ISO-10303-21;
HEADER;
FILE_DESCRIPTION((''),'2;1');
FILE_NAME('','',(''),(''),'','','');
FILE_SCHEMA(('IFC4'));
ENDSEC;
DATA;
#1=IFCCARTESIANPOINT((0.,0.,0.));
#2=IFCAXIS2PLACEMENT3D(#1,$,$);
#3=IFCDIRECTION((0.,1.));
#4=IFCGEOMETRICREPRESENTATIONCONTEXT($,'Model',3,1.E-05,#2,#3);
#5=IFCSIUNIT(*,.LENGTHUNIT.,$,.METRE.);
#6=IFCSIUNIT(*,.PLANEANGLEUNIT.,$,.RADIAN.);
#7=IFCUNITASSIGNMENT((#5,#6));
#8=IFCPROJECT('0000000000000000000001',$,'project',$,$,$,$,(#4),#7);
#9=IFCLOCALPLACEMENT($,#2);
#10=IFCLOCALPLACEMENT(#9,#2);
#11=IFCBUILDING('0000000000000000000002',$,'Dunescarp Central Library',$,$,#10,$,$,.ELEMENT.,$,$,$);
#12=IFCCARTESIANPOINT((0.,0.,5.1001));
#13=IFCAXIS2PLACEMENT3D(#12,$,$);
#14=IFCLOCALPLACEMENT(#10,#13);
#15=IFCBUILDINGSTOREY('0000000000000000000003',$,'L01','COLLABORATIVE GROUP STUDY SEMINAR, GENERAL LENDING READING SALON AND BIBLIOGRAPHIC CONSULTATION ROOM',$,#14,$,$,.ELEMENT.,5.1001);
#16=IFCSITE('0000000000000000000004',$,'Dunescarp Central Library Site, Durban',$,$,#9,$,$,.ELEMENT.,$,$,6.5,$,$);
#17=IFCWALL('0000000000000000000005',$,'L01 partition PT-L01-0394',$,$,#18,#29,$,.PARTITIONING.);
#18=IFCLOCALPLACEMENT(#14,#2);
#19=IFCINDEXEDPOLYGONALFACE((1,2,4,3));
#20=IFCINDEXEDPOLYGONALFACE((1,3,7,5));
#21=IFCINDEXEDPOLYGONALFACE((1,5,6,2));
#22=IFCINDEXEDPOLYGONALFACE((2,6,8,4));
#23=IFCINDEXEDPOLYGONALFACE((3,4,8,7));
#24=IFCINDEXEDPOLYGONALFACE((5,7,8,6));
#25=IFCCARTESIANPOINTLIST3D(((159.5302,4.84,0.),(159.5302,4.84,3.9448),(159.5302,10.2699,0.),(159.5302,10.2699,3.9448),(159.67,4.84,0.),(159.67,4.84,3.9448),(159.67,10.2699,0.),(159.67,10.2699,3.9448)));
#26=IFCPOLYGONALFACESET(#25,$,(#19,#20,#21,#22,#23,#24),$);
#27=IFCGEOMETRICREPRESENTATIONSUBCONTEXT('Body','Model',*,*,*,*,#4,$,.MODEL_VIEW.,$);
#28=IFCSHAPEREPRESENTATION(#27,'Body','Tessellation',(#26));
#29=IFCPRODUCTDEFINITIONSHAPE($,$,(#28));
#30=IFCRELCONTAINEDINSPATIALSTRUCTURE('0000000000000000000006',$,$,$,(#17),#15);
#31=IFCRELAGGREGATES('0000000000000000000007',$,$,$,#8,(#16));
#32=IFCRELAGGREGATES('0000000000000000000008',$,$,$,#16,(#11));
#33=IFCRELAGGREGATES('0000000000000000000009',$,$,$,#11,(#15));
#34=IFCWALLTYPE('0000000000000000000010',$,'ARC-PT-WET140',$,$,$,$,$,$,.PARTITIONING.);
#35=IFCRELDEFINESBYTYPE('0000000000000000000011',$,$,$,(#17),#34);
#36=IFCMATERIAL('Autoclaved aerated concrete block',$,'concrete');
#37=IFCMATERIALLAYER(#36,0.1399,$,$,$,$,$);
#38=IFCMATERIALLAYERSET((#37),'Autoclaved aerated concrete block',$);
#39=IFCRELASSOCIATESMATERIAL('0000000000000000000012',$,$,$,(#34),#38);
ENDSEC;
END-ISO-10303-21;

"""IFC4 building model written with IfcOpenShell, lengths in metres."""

from ifc_helpers import new_model, si_unit, direction, frame, frame_2d, origin, place, context, subcontext, project, spatial, rectangle, extrude, material, layer, layer_set, type_object, element, save


model = new_model("IFC4")

# Units and contexts
model_context = context("Model", 3, precision=1e-05, world=origin(), true_north=direction((0.0, 1.0)))
body_context = subcontext(model_context, "Body", "Model", "MODEL_VIEW")
ifc_project = project(units=[si_unit("LENGTHUNIT", "METRE"), si_unit("PLANEANGLEUNIT", "RADIAN")], contexts=[model_context])

# Site, building, storey
site_placement = place(None, origin())
site = spatial("IfcSite", under=ifc_project, at=site_placement, Name="Dunescarp Central Library Site, Durban", CompositionType="ELEMENT", RefElevation=6.5)
building_placement = place(site_placement, origin())
building = spatial("IfcBuilding", under=site, at=building_placement, Name="Dunescarp Central Library", CompositionType="ELEMENT")
storey_placement = place(building_placement, frame((0.0, 0.0, 5.1001)))
storey = spatial("IfcBuildingStorey", under=building, at=storey_placement, Name="L01", Description="COLLABORATIVE GROUP STUDY SEMINAR, GENERAL LENDING READING SALON AND BIBLIOGRAPHIC CONSULTATION ROOM", CompositionType="ELEMENT", Elevation=5.1001)

# Wall
ifc_material_1 = material(Name="Autoclaved aerated concrete block", Category="concrete")
ifc_layer_1 = layer(ifc_material_1, 0.1399)
ifc_layer_set_1 = layer_set([ifc_layer_1], Name="Autoclaved aerated concrete block")
wall_type_1 = type_object("IfcWallType", Name="ARC-PT-WET140", PredefinedType="PARTITIONING", material=ifc_layer_set_1)
for number, where, z_axis, x_axis, name in (
    (1, (159.6001, 4.8401, 0.0), (0.0, 0.0, 1.0), (0.0, 1.0, 0.0), "L01 partition PT-L01-0394"),
):
    element("IfcWall", number, at=place(storey_placement, frame(where, z_axis=z_axis, x_axis=x_axis)), inside=storey, type_object=wall_type_1, Name=name, PredefinedType="PARTITIONING", context=body_context, shape_type="SweptSolid", body=[
        extrude(rectangle(XDim=5.4299, YDim=0.1399, at=frame_2d((2.7148, 0.0))), origin(), (0.0, 0.0, 1.0), 3.9448),
    ])

save(model, "model.ifc")
